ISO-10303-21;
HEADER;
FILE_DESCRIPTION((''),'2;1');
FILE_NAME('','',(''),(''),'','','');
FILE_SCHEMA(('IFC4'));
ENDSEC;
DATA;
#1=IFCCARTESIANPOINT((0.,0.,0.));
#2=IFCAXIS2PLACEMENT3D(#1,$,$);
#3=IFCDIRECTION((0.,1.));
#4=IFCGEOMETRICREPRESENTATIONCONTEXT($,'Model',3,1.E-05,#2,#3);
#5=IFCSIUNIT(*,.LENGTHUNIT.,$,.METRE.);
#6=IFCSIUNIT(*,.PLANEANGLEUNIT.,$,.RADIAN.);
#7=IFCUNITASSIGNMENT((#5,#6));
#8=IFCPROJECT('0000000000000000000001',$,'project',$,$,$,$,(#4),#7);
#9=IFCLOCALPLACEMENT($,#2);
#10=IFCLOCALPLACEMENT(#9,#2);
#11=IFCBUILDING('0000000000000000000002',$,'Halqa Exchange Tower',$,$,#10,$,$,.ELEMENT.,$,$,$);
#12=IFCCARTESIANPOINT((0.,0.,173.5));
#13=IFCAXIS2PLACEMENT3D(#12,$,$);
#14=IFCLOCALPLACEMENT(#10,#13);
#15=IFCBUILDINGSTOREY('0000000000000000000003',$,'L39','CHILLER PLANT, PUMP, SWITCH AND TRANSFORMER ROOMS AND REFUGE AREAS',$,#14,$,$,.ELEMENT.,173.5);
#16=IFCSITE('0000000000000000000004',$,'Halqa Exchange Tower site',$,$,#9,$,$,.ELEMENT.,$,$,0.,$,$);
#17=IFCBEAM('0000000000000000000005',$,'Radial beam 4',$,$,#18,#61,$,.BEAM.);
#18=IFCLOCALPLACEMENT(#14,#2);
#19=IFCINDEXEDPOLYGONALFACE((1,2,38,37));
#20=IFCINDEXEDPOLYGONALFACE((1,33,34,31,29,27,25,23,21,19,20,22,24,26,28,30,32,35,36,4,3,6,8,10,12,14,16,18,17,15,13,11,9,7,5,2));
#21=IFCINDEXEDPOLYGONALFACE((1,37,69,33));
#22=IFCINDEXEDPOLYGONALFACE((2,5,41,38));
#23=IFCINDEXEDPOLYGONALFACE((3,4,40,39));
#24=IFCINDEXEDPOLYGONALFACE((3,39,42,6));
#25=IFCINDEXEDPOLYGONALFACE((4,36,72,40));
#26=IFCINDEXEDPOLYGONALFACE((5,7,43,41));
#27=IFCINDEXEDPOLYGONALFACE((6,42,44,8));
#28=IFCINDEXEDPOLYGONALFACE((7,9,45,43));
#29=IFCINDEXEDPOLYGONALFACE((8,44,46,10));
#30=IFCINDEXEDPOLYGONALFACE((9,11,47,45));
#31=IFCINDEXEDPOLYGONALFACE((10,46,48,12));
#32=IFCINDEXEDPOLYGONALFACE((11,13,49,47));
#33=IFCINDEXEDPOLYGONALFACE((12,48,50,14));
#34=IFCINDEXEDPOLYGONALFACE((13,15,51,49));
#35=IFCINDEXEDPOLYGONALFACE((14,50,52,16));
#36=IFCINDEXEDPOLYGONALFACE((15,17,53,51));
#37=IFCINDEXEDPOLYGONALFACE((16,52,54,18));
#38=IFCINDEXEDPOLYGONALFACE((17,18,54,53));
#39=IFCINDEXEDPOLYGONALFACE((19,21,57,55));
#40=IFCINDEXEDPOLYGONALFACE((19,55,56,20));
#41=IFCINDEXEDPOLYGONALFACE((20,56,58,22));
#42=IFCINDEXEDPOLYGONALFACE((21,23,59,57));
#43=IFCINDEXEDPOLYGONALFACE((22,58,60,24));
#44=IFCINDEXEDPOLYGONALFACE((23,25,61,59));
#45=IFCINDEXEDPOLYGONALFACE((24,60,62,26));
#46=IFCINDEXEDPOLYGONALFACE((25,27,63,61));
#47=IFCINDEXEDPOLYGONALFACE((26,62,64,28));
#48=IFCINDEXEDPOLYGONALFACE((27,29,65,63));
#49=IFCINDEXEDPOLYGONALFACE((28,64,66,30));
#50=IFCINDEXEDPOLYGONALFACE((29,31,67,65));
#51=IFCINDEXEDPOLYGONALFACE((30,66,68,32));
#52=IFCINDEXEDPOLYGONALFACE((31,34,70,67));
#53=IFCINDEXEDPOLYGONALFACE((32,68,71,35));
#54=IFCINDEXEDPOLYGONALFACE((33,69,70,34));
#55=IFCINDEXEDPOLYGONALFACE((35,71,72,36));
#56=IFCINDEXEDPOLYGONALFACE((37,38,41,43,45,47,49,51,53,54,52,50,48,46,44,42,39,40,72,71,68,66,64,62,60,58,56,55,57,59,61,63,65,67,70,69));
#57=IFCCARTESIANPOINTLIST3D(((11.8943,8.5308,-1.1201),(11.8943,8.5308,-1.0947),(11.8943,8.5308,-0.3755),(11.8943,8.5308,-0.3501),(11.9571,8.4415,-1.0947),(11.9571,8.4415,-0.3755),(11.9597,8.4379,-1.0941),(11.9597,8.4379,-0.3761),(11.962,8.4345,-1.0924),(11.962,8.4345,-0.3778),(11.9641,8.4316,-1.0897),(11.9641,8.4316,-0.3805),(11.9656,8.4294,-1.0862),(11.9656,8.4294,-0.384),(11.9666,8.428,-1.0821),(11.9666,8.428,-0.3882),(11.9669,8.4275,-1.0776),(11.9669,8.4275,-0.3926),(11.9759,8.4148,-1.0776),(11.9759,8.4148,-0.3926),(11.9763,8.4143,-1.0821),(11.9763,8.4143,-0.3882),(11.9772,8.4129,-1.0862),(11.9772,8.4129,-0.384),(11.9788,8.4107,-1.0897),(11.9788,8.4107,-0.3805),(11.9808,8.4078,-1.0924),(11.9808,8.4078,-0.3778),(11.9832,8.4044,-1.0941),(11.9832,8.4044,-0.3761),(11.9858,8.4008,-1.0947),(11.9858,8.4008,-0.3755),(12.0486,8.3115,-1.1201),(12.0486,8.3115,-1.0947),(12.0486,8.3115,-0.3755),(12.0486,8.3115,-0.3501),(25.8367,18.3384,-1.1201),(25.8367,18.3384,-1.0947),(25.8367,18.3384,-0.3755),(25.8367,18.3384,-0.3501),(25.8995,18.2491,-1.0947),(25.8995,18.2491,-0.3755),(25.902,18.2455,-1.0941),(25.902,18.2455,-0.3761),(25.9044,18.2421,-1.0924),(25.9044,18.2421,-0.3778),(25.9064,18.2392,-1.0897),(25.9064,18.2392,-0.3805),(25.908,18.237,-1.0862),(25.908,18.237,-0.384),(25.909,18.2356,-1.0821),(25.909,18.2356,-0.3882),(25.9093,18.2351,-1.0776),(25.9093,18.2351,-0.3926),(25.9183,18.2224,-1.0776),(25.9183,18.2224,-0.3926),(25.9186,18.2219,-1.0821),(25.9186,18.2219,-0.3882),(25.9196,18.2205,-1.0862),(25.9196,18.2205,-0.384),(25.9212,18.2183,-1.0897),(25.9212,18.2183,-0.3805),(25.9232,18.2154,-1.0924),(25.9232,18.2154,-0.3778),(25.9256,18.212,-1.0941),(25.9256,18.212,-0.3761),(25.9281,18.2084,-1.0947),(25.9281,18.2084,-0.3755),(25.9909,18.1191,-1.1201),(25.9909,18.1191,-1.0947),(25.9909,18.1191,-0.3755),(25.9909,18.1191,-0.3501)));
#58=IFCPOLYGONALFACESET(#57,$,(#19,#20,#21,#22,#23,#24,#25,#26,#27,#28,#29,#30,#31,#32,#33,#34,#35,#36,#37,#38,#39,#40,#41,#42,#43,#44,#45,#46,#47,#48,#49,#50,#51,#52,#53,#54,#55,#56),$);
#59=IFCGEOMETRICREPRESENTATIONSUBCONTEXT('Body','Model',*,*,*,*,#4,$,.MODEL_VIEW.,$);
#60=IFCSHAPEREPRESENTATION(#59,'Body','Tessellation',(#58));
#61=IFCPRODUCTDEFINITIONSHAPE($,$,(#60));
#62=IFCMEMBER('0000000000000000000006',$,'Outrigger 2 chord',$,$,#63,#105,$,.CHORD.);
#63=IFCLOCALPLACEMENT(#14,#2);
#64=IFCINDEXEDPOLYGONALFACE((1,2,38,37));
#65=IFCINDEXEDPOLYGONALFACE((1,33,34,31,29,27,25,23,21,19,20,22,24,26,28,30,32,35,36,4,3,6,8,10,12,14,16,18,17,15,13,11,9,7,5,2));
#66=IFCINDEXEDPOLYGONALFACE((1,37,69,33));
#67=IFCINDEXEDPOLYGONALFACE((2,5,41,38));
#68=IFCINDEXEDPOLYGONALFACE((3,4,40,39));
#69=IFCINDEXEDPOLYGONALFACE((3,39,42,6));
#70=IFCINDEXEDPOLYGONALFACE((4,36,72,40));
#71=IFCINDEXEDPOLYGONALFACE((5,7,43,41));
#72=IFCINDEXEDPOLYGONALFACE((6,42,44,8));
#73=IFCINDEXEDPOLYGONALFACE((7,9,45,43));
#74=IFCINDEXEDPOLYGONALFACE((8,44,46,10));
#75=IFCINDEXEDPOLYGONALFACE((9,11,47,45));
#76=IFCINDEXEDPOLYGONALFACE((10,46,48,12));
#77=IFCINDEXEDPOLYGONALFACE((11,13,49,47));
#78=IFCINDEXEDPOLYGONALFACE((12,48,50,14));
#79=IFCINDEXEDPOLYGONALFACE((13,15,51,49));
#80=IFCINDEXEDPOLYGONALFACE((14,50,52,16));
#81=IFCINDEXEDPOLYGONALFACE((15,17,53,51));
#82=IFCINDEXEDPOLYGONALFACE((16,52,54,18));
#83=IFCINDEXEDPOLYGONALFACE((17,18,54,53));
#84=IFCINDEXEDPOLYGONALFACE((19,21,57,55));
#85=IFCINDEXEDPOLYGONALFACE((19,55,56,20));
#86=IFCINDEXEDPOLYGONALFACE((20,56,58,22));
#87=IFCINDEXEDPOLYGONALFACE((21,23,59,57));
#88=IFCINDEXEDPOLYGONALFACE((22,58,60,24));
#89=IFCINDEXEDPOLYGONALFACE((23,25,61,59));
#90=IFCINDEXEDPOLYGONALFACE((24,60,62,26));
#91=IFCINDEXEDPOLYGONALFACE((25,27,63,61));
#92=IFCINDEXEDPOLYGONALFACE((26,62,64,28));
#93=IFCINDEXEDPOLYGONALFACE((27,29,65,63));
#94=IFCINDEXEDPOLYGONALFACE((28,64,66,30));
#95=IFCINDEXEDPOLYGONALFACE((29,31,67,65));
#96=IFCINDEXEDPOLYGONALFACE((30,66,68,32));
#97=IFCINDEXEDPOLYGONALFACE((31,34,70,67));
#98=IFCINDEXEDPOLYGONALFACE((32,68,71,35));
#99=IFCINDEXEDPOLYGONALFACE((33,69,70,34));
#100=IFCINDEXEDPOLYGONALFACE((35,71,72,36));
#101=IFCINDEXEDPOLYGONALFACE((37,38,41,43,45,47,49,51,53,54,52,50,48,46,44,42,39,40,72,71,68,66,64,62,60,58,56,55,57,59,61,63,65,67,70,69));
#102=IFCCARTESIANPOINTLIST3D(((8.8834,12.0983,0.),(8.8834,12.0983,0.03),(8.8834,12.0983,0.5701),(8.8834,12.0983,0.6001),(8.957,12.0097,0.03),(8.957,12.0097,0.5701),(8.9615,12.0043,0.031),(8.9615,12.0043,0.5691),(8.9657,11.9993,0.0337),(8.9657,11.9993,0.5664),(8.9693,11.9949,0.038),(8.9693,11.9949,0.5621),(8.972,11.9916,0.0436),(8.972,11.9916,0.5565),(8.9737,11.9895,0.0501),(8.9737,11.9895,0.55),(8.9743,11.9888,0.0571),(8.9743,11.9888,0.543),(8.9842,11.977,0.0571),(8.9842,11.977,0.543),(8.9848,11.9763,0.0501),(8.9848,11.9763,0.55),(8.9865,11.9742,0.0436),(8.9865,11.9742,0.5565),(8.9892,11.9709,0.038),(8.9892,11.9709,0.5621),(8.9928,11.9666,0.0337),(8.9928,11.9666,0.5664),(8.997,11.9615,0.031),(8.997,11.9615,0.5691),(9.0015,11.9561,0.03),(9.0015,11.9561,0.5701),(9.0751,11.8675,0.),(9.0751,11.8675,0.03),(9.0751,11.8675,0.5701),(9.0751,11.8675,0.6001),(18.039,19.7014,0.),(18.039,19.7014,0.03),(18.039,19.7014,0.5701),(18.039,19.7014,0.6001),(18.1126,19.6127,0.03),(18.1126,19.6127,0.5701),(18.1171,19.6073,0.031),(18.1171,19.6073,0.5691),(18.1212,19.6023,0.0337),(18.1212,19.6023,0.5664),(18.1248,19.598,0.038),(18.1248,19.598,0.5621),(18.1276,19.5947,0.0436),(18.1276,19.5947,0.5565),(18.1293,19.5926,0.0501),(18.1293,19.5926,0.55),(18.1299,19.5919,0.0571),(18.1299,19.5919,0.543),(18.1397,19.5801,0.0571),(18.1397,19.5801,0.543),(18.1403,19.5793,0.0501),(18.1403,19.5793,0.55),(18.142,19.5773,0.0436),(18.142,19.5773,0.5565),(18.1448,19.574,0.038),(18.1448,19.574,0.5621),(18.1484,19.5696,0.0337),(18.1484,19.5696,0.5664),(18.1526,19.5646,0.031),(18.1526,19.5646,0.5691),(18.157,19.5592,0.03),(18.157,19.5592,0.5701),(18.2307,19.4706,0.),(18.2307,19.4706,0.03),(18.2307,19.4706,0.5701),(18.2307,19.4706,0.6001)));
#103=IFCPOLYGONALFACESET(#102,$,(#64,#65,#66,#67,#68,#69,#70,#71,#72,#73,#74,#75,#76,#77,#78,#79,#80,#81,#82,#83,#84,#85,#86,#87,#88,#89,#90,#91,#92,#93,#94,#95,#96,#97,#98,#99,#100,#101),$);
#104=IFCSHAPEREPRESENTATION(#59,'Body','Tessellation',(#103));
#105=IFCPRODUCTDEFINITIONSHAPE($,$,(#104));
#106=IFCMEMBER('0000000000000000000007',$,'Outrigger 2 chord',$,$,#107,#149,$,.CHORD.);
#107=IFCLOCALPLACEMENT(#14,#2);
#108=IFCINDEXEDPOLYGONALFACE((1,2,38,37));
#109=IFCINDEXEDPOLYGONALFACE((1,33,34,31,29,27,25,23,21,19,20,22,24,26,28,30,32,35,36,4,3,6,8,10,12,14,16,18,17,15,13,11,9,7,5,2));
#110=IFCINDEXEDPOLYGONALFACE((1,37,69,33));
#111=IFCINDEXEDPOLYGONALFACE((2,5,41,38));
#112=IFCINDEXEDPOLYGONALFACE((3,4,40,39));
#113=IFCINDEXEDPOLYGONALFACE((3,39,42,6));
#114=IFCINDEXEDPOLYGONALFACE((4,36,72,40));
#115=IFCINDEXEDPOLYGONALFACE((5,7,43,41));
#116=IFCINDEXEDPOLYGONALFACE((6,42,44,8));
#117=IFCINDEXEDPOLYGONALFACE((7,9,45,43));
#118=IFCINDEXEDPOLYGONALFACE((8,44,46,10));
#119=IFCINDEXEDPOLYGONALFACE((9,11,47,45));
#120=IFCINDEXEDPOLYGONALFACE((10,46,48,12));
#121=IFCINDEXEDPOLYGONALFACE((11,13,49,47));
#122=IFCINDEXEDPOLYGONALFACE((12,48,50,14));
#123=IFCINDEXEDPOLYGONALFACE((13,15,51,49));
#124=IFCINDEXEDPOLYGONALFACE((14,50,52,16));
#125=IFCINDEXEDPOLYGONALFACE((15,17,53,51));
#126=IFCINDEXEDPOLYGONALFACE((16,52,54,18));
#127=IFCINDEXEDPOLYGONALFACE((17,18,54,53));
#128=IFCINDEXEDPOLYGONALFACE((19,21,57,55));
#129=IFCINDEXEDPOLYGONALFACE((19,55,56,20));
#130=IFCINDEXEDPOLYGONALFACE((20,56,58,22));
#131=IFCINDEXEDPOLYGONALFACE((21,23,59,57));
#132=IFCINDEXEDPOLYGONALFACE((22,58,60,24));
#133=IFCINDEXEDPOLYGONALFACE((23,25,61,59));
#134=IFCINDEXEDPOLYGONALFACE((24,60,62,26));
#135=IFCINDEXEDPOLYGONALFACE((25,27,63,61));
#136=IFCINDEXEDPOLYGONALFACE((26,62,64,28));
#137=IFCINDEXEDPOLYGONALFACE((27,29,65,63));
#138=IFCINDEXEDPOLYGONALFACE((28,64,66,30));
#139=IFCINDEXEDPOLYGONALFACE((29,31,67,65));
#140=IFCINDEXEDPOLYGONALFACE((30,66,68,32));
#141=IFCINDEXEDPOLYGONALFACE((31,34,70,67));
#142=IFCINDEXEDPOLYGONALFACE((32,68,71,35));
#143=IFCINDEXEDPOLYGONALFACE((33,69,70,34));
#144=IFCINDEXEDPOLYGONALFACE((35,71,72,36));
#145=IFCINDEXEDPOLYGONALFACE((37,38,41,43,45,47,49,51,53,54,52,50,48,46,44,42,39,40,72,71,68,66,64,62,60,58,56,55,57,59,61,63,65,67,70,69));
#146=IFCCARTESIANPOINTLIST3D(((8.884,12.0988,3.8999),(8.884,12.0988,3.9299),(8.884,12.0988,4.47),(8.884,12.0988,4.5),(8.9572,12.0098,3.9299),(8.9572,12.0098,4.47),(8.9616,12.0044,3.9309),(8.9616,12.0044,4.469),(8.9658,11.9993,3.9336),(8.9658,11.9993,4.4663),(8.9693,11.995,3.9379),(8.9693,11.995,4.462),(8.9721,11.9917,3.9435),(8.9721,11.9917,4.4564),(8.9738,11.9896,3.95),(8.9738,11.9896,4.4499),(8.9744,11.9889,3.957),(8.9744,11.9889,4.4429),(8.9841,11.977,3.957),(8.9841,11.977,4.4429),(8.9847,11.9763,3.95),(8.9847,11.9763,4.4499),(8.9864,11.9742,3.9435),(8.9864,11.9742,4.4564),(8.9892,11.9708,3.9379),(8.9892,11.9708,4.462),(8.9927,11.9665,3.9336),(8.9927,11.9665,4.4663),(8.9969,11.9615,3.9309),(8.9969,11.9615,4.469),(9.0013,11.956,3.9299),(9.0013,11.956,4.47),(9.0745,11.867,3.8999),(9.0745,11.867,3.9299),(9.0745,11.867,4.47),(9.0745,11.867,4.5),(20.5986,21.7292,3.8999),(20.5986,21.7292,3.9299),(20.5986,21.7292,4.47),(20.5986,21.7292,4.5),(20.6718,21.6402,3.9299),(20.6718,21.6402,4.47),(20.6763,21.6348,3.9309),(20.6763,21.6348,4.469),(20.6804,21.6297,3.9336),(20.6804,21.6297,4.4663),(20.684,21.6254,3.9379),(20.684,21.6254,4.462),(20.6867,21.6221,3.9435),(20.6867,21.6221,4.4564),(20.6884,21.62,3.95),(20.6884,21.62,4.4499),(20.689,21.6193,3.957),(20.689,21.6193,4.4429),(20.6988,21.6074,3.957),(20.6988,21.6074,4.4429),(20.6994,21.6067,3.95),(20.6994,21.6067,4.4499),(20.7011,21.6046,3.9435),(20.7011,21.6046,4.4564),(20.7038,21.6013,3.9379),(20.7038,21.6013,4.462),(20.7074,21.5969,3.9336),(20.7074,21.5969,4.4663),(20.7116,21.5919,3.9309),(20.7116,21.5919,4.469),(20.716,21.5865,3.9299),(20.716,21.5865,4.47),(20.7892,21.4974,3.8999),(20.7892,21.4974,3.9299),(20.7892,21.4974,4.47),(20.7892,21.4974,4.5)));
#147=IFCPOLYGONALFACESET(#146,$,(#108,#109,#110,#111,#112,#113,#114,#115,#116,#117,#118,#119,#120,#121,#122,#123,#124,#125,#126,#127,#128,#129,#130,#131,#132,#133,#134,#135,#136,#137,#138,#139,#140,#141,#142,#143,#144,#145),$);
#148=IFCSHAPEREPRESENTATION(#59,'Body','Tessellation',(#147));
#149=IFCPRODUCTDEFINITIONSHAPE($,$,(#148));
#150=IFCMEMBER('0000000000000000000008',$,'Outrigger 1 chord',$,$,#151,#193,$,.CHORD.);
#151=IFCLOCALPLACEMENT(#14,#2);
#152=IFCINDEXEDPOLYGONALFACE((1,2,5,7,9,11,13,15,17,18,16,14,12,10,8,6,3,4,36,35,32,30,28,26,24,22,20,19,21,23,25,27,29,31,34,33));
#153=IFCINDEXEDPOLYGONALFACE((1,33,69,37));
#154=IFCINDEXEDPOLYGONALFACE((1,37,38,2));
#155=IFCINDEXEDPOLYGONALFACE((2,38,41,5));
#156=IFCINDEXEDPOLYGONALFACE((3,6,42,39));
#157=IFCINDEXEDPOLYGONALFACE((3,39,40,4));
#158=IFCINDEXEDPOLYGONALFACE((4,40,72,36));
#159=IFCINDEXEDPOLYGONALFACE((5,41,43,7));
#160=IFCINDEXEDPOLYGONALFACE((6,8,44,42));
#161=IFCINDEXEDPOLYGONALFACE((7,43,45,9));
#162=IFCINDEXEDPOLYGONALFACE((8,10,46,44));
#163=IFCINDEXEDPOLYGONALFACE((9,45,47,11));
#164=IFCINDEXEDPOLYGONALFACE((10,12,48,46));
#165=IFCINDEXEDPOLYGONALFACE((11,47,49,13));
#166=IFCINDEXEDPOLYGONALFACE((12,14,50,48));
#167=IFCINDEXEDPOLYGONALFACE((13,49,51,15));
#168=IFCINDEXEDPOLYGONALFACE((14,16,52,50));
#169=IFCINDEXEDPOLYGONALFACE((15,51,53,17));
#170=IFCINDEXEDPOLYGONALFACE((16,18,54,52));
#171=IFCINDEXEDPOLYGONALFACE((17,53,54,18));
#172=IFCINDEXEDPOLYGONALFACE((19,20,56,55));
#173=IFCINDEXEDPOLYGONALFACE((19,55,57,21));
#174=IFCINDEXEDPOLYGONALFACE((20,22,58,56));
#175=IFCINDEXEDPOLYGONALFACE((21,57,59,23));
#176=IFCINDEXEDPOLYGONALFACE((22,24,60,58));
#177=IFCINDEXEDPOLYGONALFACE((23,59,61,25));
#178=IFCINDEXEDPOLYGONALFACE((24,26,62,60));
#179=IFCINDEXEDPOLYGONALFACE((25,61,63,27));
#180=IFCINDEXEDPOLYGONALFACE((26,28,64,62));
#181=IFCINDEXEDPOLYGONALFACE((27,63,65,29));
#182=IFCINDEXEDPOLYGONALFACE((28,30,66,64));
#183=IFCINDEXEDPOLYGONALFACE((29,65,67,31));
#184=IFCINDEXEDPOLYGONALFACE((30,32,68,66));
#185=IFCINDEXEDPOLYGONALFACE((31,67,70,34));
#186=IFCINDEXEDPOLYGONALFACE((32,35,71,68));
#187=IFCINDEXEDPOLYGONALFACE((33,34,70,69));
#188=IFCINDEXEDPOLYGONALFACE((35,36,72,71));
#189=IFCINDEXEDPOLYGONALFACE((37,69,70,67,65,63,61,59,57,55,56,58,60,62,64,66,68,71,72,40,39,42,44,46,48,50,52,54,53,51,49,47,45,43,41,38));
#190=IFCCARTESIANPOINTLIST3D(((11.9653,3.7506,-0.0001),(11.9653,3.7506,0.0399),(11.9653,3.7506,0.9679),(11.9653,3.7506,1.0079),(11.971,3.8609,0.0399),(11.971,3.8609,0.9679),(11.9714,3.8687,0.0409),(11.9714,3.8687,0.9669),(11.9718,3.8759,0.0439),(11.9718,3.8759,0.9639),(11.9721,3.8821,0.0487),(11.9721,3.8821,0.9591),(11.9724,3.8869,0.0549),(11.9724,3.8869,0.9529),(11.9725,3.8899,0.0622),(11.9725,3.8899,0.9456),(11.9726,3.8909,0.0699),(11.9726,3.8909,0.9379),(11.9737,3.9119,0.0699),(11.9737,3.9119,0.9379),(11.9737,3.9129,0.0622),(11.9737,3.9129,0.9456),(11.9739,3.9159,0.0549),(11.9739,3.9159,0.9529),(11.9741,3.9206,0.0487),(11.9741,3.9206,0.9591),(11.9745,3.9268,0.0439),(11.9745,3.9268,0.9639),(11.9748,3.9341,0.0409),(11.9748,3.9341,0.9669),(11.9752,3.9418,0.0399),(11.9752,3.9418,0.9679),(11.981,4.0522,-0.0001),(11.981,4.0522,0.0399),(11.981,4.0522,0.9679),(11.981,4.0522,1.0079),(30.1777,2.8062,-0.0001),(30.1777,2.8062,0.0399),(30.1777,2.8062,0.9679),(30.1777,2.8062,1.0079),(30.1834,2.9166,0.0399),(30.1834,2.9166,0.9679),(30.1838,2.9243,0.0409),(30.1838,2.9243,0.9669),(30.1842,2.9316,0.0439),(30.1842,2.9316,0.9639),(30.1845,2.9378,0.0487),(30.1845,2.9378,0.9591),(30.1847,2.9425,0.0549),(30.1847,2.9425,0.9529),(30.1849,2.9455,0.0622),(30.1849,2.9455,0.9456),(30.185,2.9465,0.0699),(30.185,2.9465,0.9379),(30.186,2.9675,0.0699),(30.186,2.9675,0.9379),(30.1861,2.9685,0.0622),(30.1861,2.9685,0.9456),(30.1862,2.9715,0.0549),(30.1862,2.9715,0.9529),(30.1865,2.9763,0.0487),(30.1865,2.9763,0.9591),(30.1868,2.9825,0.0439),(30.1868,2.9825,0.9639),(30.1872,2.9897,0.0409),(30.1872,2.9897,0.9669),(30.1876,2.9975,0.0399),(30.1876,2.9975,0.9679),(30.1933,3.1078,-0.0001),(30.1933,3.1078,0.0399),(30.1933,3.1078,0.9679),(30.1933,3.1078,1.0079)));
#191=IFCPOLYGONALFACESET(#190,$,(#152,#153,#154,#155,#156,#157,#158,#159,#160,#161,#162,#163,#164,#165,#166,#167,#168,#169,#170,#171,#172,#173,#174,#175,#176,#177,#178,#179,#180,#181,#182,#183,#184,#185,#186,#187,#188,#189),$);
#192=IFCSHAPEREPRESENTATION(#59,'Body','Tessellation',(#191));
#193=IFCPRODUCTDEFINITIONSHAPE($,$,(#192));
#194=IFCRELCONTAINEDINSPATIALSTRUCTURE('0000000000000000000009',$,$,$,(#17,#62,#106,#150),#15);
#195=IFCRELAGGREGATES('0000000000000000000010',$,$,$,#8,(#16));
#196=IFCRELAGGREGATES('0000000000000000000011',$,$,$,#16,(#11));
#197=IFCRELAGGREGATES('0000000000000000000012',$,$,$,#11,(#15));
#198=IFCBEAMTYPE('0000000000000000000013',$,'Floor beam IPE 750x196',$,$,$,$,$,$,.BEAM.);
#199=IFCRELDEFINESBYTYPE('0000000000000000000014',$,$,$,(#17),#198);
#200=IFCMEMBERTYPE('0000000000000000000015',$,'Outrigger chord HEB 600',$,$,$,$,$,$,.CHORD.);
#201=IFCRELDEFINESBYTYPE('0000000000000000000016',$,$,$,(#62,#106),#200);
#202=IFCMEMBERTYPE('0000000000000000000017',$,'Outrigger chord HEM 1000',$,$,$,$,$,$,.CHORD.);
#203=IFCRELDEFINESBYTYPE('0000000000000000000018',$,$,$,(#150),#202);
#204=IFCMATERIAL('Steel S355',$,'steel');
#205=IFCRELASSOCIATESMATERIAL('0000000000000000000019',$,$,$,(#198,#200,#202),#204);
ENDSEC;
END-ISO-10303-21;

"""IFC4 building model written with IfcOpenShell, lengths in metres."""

from ifc_helpers import new_model, si_unit, direction, frame, origin, origin_2d, place, context, subcontext, project, spatial, i_section, extrude, material, material_profile, profile_set, type_object, element, save


model = new_model("IFC4")

# Units and contexts
model_context = context("Model", 3, precision=1e-05, world=origin(), true_north=direction((0.0, 1.0)))
body_context = subcontext(model_context, "Body", "Model", "MODEL_VIEW")
ifc_project = project(units=[si_unit("LENGTHUNIT", "METRE"), si_unit("PLANEANGLEUNIT", "RADIAN")], contexts=[model_context])

# Site, building, storey
site_placement = place(None, origin())
site = spatial("IfcSite", under=ifc_project, at=site_placement, Name="Halqa Exchange Tower site", CompositionType="ELEMENT", RefElevation=0.0)
building_placement = place(site_placement, origin())
building = spatial("IfcBuilding", under=site, at=building_placement, Name="Halqa Exchange Tower", CompositionType="ELEMENT")
storey_placement = place(building_placement, frame((0.0, 0.0, 173.5)))
storey = spatial("IfcBuildingStorey", under=building, at=storey_placement, Name="L39", Description="CHILLER PLANT, PUMP, SWITCH AND TRANSFORMER ROOMS AND REFUGE AREAS", CompositionType="ELEMENT", Elevation=173.5)

# Beam
ifc_material_1 = material(Name="Steel S355", Category="steel")
ifc_material_profile_1 = material_profile(ifc_material_1, i_section(OverallWidth=0.2681, OverallDepth=0.77, WebThickness=0.0156, FlangeThickness=0.0254, FilletRadius=0.0171, at=origin_2d()), Name="IPE 750x196")
ifc_profile_set_1 = profile_set([ifc_material_profile_1], Name="Steel S355")
beam_type_1 = type_object("IfcBeamType", Name="Floor beam IPE 750x196", PredefinedType="BEAM", material=ifc_profile_set_1)
beam_1_placement = place(storey_placement, frame((11.9714, 8.4211, -0.7351), z_axis=(0.817908, 0.575349, 0.0), x_axis=(-0.575349, 0.817908, 0.0)))
element("IfcBeam", 1, at=beam_1_placement, inside=storey, type_object=beam_type_1, Name="Radial beam 4", PredefinedType="BEAM", context=body_context, shape_type="SweptSolid", body=[
    extrude(i_section(OverallWidth=0.2681, OverallDepth=0.77, WebThickness=0.0156, FlangeThickness=0.0254, FilletRadius=0.0171, at=origin_2d()), origin(), (0.0, 0.0, 1.0), 17.0464),
])

# Members
ifc_material_profile_2 = material_profile(ifc_material_1, i_section(OverallWidth=0.3, OverallDepth=0.6001, WebThickness=0.0154, FlangeThickness=0.03, FilletRadius=0.0271, at=origin_2d()), Name="HEB 600")
ifc_profile_set_2 = profile_set([ifc_material_profile_2], Name="Steel S355")
member_type_1 = type_object("IfcMemberType", Name="Outrigger chord HEB 600", PredefinedType="CHORD", material=ifc_profile_set_2)
member_1_placement = place(storey_placement, frame((8.9792, 11.9829, 0.3), z_axis=(0.769318, 0.638866, 0.0), x_axis=(-0.638866, 0.769318, 0.0)))
element("IfcMember", 2, at=member_1_placement, inside=storey, type_object=member_type_1, Name="Outrigger 2 chord", PredefinedType="CHORD", context=body_context, shape_type="SweptSolid", body=[
    extrude(i_section(OverallWidth=0.3, OverallDepth=0.6001, WebThickness=0.0154, FlangeThickness=0.03, FilletRadius=0.0271, at=origin_2d()), origin(), (0.0, 0.0, 1.0), 11.9009),
])
member_2_placement = place(storey_placement, frame((8.9792, 11.9829, 4.2), z_axis=(0.772478, 0.635041, 0.0), x_axis=(-0.635041, 0.772478, 0.0)))
element("IfcMember", 3, at=member_2_placement, inside=storey, type_object=member_type_1, Name="Outrigger 2 chord", PredefinedType="CHORD", context=body_context, shape_type="SweptSolid", body=[
    extrude(i_section(OverallWidth=0.3, OverallDepth=0.6001, WebThickness=0.0154, FlangeThickness=0.03, FilletRadius=0.0271, at=origin_2d()), origin(), (0.0, 0.0, 1.0), 15.165),
])
ifc_material_profile_3 = material_profile(ifc_material_1, i_section(OverallWidth=0.302, OverallDepth=1.0081, WebThickness=0.021, FlangeThickness=0.04, FilletRadius=0.03, at=origin_2d()), Name="HEM 1000")
ifc_profile_set_3 = profile_set([ifc_material_profile_3], Name="Steel S355")
member_type_2 = type_object("IfcMemberType", Name="Outrigger chord HEM 1000", PredefinedType="CHORD", material=ifc_profile_set_3)
member_3_placement = place(storey_placement, frame((11.9731, 3.9014, 0.5039), z_axis=(0.998658, -0.051782, 0.0), x_axis=(0.051782, 0.998658, 0.0)))
element("IfcMember", 4, at=member_3_placement, inside=storey, type_object=member_type_2, Name="Outrigger 1 chord", PredefinedType="CHORD", context=body_context, shape_type="SweptSolid", body=[
    extrude(i_section(OverallWidth=0.302, OverallDepth=1.0081, WebThickness=0.021, FlangeThickness=0.04, FilletRadius=0.03, at=origin_2d()), origin(), (0.0, 0.0, 1.0), 18.2368),
])

save(model, "model.ifc")
